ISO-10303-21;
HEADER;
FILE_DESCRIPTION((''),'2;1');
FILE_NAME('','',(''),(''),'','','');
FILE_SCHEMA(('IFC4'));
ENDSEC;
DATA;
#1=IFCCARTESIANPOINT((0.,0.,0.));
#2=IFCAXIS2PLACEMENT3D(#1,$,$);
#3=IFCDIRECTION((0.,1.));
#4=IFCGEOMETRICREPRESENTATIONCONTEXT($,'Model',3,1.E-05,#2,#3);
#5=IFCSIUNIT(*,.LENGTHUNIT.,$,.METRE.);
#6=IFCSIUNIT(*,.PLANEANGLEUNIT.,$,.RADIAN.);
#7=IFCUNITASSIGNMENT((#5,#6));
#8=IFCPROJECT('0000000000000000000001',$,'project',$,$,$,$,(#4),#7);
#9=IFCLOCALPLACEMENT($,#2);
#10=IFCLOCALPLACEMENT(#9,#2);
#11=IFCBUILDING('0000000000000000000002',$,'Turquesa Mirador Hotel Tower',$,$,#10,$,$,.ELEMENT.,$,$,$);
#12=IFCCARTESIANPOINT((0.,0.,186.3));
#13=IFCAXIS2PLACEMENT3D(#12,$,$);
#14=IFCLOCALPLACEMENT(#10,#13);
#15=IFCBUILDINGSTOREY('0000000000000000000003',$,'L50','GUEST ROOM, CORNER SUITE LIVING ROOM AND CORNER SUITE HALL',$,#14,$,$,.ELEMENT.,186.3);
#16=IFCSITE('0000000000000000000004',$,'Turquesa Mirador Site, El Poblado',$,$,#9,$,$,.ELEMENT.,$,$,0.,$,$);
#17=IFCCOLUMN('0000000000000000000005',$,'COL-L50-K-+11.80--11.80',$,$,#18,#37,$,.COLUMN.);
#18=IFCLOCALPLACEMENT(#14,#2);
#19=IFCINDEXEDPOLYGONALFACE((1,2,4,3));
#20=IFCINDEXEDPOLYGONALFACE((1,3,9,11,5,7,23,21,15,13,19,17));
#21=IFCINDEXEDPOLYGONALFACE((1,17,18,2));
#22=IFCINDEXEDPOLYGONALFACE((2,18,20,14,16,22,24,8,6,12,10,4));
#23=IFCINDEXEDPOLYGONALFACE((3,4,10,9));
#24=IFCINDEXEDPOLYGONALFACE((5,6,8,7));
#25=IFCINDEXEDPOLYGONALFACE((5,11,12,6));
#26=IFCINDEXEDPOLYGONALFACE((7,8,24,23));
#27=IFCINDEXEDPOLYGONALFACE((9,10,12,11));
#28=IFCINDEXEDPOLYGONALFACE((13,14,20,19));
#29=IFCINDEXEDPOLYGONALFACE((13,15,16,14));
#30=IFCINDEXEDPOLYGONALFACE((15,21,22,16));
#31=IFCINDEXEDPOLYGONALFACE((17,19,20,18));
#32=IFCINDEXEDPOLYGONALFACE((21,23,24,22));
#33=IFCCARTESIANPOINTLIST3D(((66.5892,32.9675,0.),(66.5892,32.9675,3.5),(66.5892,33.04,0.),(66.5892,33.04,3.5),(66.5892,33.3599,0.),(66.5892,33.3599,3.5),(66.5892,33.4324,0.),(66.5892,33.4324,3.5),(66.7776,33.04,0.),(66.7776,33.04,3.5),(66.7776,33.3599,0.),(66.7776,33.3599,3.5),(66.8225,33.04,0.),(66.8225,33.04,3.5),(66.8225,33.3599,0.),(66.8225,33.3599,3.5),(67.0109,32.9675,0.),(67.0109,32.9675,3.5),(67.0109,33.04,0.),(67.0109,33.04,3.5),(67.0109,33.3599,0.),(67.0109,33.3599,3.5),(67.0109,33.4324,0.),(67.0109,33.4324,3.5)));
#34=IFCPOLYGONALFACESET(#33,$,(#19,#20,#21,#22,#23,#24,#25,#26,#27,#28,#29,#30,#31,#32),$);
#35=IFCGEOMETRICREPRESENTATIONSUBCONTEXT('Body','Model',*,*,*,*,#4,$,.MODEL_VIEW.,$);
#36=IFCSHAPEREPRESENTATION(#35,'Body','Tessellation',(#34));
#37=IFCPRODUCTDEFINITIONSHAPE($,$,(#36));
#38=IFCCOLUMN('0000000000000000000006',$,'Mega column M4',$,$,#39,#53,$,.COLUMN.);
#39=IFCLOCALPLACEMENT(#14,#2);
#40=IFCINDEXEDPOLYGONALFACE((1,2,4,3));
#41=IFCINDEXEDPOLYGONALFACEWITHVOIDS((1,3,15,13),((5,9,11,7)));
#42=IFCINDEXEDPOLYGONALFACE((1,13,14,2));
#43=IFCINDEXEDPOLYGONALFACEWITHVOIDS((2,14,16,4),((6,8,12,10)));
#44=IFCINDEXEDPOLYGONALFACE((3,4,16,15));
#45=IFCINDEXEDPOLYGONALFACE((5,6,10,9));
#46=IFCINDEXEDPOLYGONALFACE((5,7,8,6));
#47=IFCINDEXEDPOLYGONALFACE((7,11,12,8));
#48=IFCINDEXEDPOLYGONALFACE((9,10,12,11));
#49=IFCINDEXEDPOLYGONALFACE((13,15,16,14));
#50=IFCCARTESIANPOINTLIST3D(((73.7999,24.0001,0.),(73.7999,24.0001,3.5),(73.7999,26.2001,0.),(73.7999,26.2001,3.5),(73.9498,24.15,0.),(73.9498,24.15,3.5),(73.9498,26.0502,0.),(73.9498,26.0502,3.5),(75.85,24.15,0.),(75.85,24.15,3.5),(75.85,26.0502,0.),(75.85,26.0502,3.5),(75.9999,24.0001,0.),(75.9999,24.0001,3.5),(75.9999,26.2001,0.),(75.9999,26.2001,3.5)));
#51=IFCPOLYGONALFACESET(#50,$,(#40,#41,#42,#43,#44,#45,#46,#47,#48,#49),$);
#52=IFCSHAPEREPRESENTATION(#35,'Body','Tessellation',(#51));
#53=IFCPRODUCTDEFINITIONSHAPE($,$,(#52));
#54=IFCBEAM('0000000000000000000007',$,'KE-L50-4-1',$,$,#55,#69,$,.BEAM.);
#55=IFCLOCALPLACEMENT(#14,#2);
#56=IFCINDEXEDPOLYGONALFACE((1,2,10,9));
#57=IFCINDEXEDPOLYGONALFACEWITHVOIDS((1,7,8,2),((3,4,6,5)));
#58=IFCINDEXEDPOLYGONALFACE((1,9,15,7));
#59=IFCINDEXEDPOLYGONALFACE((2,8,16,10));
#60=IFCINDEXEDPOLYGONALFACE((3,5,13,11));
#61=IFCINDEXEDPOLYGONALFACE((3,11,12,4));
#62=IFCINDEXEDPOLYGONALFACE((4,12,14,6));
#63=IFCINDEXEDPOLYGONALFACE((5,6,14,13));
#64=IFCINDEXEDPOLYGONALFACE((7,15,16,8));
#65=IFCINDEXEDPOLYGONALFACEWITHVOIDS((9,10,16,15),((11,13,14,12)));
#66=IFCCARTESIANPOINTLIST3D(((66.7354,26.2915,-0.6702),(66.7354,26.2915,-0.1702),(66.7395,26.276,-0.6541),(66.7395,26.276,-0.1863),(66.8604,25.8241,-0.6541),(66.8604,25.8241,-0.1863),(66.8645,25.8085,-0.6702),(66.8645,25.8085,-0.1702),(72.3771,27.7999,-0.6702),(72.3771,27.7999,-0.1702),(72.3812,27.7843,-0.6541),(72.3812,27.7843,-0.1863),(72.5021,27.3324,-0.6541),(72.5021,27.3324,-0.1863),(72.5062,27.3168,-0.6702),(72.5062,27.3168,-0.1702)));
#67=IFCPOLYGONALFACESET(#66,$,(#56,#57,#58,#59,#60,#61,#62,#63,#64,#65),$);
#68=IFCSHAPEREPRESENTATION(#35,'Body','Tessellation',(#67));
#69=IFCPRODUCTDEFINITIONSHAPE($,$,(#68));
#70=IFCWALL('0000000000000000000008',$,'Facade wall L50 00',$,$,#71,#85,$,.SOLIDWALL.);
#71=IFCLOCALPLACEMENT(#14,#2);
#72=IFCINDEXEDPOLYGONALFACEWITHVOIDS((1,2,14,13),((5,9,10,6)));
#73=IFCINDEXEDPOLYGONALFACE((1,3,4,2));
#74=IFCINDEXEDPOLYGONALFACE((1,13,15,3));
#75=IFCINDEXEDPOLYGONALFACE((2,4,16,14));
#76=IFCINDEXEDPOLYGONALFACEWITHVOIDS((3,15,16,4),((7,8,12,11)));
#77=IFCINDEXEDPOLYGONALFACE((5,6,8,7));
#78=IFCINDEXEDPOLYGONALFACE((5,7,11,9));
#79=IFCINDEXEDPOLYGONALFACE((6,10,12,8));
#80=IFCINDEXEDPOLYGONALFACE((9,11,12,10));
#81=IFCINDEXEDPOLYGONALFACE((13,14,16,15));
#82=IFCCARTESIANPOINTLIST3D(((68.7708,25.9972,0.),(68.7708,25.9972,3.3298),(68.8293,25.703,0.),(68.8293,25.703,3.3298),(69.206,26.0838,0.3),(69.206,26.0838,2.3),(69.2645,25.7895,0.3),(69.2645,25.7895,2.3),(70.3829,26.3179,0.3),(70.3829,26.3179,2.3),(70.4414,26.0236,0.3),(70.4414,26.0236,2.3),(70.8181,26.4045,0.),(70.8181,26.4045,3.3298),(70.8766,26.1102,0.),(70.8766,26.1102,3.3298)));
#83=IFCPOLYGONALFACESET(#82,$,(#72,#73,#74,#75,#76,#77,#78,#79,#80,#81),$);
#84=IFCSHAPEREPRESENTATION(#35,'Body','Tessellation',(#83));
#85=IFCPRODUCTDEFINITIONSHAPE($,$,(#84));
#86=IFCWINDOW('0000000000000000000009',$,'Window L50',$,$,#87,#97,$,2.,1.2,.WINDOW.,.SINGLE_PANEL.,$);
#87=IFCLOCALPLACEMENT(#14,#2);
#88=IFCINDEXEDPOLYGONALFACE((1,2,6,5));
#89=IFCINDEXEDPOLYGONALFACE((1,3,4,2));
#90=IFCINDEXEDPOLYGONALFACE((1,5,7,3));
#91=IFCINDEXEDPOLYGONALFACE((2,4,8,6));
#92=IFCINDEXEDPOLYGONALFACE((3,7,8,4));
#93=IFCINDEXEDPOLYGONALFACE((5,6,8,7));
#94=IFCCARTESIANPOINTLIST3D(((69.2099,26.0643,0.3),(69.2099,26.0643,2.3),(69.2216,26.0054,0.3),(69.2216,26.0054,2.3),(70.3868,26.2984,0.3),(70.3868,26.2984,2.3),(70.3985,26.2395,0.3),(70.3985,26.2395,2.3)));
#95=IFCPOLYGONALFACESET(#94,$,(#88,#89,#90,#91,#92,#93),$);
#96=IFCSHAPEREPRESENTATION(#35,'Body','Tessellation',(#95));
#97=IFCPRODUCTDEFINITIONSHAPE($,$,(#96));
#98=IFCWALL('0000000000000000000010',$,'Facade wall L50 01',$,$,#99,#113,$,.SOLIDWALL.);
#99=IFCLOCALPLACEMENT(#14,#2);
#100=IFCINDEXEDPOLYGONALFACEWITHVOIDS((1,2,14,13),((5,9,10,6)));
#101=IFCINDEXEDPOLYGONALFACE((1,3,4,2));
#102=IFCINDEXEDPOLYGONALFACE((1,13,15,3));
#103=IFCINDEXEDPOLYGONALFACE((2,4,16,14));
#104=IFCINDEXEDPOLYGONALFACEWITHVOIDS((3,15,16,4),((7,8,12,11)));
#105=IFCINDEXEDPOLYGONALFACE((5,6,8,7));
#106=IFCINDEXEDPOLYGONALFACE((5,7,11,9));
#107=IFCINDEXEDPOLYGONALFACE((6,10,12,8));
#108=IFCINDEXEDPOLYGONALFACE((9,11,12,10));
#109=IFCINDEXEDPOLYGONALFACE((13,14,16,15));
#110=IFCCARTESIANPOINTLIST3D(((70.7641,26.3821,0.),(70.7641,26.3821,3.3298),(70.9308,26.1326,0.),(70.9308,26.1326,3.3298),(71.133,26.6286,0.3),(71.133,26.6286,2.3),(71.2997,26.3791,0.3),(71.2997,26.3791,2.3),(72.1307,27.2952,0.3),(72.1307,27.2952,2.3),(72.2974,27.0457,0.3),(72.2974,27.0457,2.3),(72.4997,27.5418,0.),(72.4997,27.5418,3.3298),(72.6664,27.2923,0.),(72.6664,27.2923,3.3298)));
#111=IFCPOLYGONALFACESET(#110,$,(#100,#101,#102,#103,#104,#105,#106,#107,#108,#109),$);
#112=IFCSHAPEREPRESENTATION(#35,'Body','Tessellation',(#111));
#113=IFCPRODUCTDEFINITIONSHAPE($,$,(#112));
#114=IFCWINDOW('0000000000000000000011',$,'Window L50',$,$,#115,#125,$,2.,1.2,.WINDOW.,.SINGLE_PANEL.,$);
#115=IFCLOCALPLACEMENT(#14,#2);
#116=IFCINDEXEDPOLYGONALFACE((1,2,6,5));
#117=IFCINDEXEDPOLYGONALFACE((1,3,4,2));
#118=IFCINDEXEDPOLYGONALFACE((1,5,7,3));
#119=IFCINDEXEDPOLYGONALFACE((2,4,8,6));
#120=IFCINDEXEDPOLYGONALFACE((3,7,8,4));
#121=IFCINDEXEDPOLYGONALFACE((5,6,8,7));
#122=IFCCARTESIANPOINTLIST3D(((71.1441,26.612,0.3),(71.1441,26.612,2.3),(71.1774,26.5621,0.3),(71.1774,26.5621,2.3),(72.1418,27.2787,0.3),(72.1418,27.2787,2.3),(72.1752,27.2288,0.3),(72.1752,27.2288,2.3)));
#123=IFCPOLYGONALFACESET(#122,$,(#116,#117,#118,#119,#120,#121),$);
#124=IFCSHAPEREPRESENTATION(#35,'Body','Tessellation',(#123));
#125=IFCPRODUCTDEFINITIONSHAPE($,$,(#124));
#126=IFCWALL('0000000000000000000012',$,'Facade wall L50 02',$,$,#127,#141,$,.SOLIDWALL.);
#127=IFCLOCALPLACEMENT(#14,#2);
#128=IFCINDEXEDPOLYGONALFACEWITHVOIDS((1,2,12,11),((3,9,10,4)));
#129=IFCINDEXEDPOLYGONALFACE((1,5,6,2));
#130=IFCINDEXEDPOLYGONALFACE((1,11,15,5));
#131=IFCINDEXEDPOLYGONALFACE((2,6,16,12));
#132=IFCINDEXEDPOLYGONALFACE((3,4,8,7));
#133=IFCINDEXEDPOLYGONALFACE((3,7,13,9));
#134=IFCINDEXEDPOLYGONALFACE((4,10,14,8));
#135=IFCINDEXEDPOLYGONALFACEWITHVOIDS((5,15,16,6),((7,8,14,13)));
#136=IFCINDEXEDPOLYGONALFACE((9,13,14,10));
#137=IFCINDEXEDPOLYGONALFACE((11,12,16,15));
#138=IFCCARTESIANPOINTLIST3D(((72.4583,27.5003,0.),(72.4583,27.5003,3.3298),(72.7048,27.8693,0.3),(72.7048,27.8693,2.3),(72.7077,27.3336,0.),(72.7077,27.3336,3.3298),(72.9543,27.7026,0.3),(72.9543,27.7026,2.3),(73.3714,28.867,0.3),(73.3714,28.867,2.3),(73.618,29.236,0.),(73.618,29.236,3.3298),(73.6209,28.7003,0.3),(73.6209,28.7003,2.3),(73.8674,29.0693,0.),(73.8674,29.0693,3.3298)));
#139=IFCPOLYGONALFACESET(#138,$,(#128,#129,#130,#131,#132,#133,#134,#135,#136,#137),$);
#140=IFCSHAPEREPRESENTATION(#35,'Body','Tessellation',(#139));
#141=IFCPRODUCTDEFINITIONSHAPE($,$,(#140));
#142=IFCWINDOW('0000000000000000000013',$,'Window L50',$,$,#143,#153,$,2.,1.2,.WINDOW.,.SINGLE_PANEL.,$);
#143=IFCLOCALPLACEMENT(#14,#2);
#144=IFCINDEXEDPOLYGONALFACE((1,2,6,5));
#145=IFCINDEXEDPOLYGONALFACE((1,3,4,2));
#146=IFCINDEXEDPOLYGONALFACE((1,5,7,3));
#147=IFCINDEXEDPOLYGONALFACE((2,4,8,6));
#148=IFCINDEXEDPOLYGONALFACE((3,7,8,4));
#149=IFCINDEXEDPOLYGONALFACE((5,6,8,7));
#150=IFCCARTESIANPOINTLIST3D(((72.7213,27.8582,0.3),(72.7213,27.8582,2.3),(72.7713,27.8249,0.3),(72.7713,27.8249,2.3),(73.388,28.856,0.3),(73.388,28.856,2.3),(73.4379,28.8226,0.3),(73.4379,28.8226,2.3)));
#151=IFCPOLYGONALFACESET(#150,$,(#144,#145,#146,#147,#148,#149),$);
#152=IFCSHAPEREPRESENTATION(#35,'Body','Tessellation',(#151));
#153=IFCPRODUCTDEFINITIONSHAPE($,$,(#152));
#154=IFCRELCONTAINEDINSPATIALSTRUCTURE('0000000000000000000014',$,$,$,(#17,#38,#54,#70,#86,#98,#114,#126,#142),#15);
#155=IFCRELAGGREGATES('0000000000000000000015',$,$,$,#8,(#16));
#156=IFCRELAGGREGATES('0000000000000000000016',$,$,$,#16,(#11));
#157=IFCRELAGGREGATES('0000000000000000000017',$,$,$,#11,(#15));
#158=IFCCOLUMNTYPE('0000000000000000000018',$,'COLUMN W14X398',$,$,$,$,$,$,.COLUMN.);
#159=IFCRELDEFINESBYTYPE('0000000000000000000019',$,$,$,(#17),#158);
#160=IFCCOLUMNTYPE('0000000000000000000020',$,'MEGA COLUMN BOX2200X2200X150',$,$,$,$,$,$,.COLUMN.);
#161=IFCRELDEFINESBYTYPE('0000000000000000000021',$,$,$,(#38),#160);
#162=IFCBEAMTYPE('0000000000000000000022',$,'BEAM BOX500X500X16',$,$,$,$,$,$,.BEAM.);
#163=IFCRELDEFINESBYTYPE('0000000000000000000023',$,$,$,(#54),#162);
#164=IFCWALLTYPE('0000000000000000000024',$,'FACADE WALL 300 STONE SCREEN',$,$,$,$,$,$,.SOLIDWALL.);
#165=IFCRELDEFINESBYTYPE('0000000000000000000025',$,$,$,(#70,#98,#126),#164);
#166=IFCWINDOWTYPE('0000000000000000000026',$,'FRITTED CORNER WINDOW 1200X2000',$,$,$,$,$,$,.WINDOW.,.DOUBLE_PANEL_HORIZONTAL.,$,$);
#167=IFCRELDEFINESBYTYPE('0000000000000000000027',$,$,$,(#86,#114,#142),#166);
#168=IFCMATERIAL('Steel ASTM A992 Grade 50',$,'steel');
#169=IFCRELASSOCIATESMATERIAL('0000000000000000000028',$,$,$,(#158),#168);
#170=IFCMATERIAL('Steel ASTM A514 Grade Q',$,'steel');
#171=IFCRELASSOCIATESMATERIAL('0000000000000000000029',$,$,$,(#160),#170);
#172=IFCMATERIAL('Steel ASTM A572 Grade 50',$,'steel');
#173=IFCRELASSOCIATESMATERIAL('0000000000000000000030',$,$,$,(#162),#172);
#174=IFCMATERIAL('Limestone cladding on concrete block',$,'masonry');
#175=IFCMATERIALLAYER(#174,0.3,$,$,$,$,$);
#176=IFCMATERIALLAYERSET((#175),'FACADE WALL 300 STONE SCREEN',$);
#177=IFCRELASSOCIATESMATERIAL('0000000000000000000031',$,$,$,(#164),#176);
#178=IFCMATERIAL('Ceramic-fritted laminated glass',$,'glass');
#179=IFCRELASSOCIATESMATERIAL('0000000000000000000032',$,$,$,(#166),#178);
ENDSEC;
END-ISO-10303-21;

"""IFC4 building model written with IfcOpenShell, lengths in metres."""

from ifc_helpers import new_model, si_unit, direction, frame, frame_2d, origin, origin_2d, place, context, subcontext, project, spatial, rectangle, hollow_rectangle, i_section, extrude, material, layer, layer_set, material_profile, profile_set, type_object, element, fill, save


model = new_model("IFC4")

# Units and contexts
model_context = context("Model", 3, precision=1e-05, world=origin(), true_north=direction((0.0, 1.0)))
body_context = subcontext(model_context, "Body", "Model", "MODEL_VIEW")
ifc_project = project(units=[si_unit("LENGTHUNIT", "METRE"), si_unit("PLANEANGLEUNIT", "RADIAN")], contexts=[model_context])

# Site, building, storey
site_placement = place(None, origin())
site = spatial("IfcSite", under=ifc_project, at=site_placement, Name="Turquesa Mirador Site, El Poblado", CompositionType="ELEMENT", RefElevation=0.0)
building_placement = place(site_placement, origin())
building = spatial("IfcBuilding", under=site, at=building_placement, Name="Turquesa Mirador Hotel Tower", CompositionType="ELEMENT")
storey_placement = place(building_placement, frame((0.0, 0.0, 186.3)))
storey = spatial("IfcBuildingStorey", under=building, at=storey_placement, Name="L50", Description="GUEST ROOM, CORNER SUITE LIVING ROOM AND CORNER SUITE HALL", CompositionType="ELEMENT", Elevation=186.3)

# Columns
ifc_material_1 = material(Name="Steel ASTM A992 Grade 50", Category="steel")
ifc_material_profile_1 = material_profile(ifc_material_1, i_section(OverallWidth=0.4216, OverallDepth=0.4648, WebThickness=0.0449, FlangeThickness=0.0725, at=origin_2d()), Name="W14X398")
ifc_profile_set_1 = profile_set([ifc_material_profile_1], Name="Steel ASTM A992 Grade 50")
column_type_1 = type_object("IfcColumnType", Name="COLUMN W14X398", PredefinedType="COLUMN", material=ifc_profile_set_1)
column_1_placement = place(storey_placement, frame((66.8, 33.2, 0.0), z_axis=(0.0, 0.0, 1.0), x_axis=(1.0, 0.0, 0.0)))
element("IfcColumn", 1, at=column_1_placement, inside=storey, type_object=column_type_1, Name="COL-L50-K-+11.80--11.80", PredefinedType="COLUMN", context=body_context, shape_type="SweptSolid", body=[
    extrude(i_section(OverallWidth=0.4216, OverallDepth=0.4648, WebThickness=0.0449, FlangeThickness=0.0725, at=origin_2d()), origin(), (0.0, 0.0, 1.0), 3.5),
])
ifc_material_2 = material(Name="Steel ASTM A514 Grade Q", Category="steel")
ifc_material_profile_2 = material_profile(ifc_material_2, hollow_rectangle(XDim=2.2, YDim=2.2, WallThickness=0.1499, at=origin_2d()), Name="BOX2200X2200X150")
ifc_profile_set_2 = profile_set([ifc_material_profile_2], Name="Steel ASTM A514 Grade Q")
column_type_2 = type_object("IfcColumnType", Name="MEGA COLUMN BOX2200X2200X150", PredefinedType="COLUMN", material=ifc_profile_set_2)
column_2_placement = place(storey_placement, frame((74.8999, 25.1001, 0.0), z_axis=(0.0, 0.0, 1.0), x_axis=(1.0, 0.0, 0.0)))
element("IfcColumn", 2, at=column_2_placement, inside=storey, type_object=column_type_2, Name="Mega column M4", PredefinedType="COLUMN", context=body_context, shape_type="SweptSolid", body=[
    extrude(hollow_rectangle(XDim=2.2, YDim=2.2, WallThickness=0.1499, at=origin_2d()), origin(), (0.0, 0.0, 1.0), 3.5),
])

# Beam
ifc_material_3 = material(Name="Steel ASTM A572 Grade 50", Category="steel")
ifc_material_profile_3 = material_profile(ifc_material_3, hollow_rectangle(XDim=0.5, YDim=0.5, WallThickness=0.0161, at=origin_2d()), Name="BOX500X500X16")
ifc_profile_set_3 = profile_set([ifc_material_profile_3], Name="Steel ASTM A572 Grade 50")
beam_type = type_object("IfcBeamType", Name="BEAM BOX500X500X16", PredefinedType="BEAM", material=ifc_profile_set_3)
beam_placement = place(storey_placement, frame((72.4417, 27.5583, -0.4202), z_axis=(-0.96607, -0.258282, 0.0), x_axis=(0.258282, -0.96607, 0.0)))
element("IfcBeam", 3, at=beam_placement, inside=storey, type_object=beam_type, Name="KE-L50-4-1", PredefinedType="BEAM", context=body_context, shape_type="SweptSolid", body=[
    extrude(hollow_rectangle(XDim=0.5, YDim=0.5, WallThickness=0.0161, at=origin_2d()), origin(), (0.0, 0.0, 1.0), 5.8398),
])

# Walls, openings, windows
ifc_material_4 = material(Name="Limestone cladding on concrete block", Category="masonry")
ifc_layer = layer(ifc_material_4, 0.3)
ifc_layer_set = layer_set([ifc_layer], Name="FACADE WALL 300 STONE SCREEN")
wall_type = type_object("IfcWallType", Name="FACADE WALL 300 STONE SCREEN", PredefinedType="SOLIDWALL", material=ifc_layer_set)
wall_1_placement = place(storey_placement, frame((68.8, 25.8501, 0.0), z_axis=(0.0, 0.0, 1.0), x_axis=(0.980787, 0.195081, 0.0)))
wall_1 = element("IfcWall", 4, at=wall_1_placement, inside=storey, type_object=wall_type, Name="Facade wall L50 00", PredefinedType="SOLIDWALL", context=body_context, shape_type="SweptSolid", body=[
    extrude(rectangle(XDim=2.0874, YDim=0.3, at=frame_2d((1.0437, 0.0))), origin(), (0.0, 0.0, 1.0), 3.3298),
])
opening_1_placement = place(wall_1_placement, frame((0.4436, 0.0, 0.3)))
opening_1 = element("IfcOpeningElement", 5, at=opening_1_placement, cuts=wall_1, PredefinedType="OPENING", context=body_context, shape_type="SweptSolid", body=[
    extrude(rectangle(XDim=1.2, YDim=2.0, at=frame_2d((0.6001, 1.0))), frame((0.0, 0.1599, 0.0), z_axis=(0.0, -1.0, 0.0), x_axis=(1.0, 0.0, 0.0)), (0.0, 0.0, 1.0), 0.3201),
])
ifc_material_5 = material(Name="Ceramic-fritted laminated glass", Category="glass")
window_type_1 = type_object("IfcWindowType", Name="FRITTED CORNER WINDOW 1200X2000", PartitioningType="DOUBLE_PANEL_HORIZONTAL", PredefinedType="WINDOW", material=ifc_material_5)
window_1_placement = place(opening_1_placement, origin())
window_1 = element("IfcWindow", 6, at=window_1_placement, inside=storey, type_object=window_type_1, Name="Window L50", OverallHeight=2.0, OverallWidth=1.2, PartitioningType="SINGLE_PANEL", PredefinedType="WINDOW", context=body_context, shape_type="SweptSolid", body=[
    extrude(rectangle(XDim=1.2, YDim=2.0, at=frame_2d((0.6001, 1.0))), frame((0.0, 0.1301, 0.0), z_axis=(0.0, -1.0, 0.0), x_axis=(1.0, 0.0, 0.0)), (0.0, 0.0, 1.0), 0.0601),
])
fill(opening_1, window_1)
wall_2_placement = place(storey_placement, frame((70.8474, 26.2573, 0.0), z_axis=(0.0, 0.0, 1.0), x_axis=(0.831474, 0.555564, 0.0)))
wall_2 = element("IfcWall", 7, at=wall_2_placement, inside=storey, type_object=wall_type, Name="Facade wall L50 01", PredefinedType="SOLIDWALL", context=body_context, shape_type="SweptSolid", body=[
    extrude(rectangle(XDim=2.0874, YDim=0.3, at=frame_2d((1.0437, 0.0))), origin(), (0.0, 0.0, 1.0), 3.3298),
])
opening_2_placement = place(wall_2_placement, frame((0.4436, 0.0, 0.3)))
opening_2 = element("IfcOpeningElement", 8, at=opening_2_placement, cuts=wall_2, PredefinedType="OPENING", context=body_context, shape_type="SweptSolid", body=[
    extrude(rectangle(XDim=1.2, YDim=2.0, at=frame_2d((0.6001, 1.0))), frame((0.0, 0.1599, 0.0), z_axis=(0.0, -1.0, 0.0), x_axis=(1.0, 0.0, 0.0)), (0.0, 0.0, 1.0), 0.3201),
])
window_2_placement = place(opening_2_placement, origin())
window_2 = element("IfcWindow", 9, at=window_2_placement, inside=storey, type_object=window_type_1, Name="Window L50", OverallHeight=2.0, OverallWidth=1.2, PartitioningType="SINGLE_PANEL", PredefinedType="WINDOW", context=body_context, shape_type="SweptSolid", body=[
    extrude(rectangle(XDim=1.2, YDim=2.0, at=frame_2d((0.6001, 1.0))), frame((0.0, 0.1301, 0.0), z_axis=(0.0, -1.0, 0.0), x_axis=(1.0, 0.0, 0.0)), (0.0, 0.0, 1.0), 0.0601),
])
fill(opening_2, window_2)
wall_3_placement = place(storey_placement, frame((72.583, 27.417, 0.0), z_axis=(0.0, 0.0, 1.0), x_axis=(0.555564, 0.831474, 0.0)))
wall_3 = element("IfcWall", 10, at=wall_3_placement, inside=storey, type_object=wall_type, Name="Facade wall L50 02", PredefinedType="SOLIDWALL", context=body_context, shape_type="SweptSolid", body=[
    extrude(rectangle(XDim=2.0874, YDim=0.3, at=frame_2d((1.0437, 0.0))), origin(), (0.0, 0.0, 1.0), 3.3298),
])
opening_3_placement = place(wall_3_placement, frame((0.4436, 0.0, 0.3)))
opening_3 = element("IfcOpeningElement", 11, at=opening_3_placement, cuts=wall_3, PredefinedType="OPENING", context=body_context, shape_type="SweptSolid", body=[
    extrude(rectangle(XDim=1.2, YDim=2.0, at=frame_2d((0.6001, 1.0))), frame((0.0, 0.1599, 0.0), z_axis=(0.0, -1.0, 0.0), x_axis=(1.0, 0.0, 0.0)), (0.0, 0.0, 1.0), 0.3201),
])
window_3_placement = place(opening_3_placement, origin())
window_3 = element("IfcWindow", 12, at=window_3_placement, inside=storey, type_object=window_type_1, Name="Window L50", OverallHeight=2.0, OverallWidth=1.2, PartitioningType="SINGLE_PANEL", PredefinedType="WINDOW", context=body_context, shape_type="SweptSolid", body=[
    extrude(rectangle(XDim=1.2, YDim=2.0, at=frame_2d((0.6001, 1.0))), frame((0.0, 0.1301, 0.0), z_axis=(0.0, -1.0, 0.0), x_axis=(1.0, 0.0, 0.0)), (0.0, 0.0, 1.0), 0.0601),
])
fill(opening_3, window_3)

save(model, "model.ifc")
